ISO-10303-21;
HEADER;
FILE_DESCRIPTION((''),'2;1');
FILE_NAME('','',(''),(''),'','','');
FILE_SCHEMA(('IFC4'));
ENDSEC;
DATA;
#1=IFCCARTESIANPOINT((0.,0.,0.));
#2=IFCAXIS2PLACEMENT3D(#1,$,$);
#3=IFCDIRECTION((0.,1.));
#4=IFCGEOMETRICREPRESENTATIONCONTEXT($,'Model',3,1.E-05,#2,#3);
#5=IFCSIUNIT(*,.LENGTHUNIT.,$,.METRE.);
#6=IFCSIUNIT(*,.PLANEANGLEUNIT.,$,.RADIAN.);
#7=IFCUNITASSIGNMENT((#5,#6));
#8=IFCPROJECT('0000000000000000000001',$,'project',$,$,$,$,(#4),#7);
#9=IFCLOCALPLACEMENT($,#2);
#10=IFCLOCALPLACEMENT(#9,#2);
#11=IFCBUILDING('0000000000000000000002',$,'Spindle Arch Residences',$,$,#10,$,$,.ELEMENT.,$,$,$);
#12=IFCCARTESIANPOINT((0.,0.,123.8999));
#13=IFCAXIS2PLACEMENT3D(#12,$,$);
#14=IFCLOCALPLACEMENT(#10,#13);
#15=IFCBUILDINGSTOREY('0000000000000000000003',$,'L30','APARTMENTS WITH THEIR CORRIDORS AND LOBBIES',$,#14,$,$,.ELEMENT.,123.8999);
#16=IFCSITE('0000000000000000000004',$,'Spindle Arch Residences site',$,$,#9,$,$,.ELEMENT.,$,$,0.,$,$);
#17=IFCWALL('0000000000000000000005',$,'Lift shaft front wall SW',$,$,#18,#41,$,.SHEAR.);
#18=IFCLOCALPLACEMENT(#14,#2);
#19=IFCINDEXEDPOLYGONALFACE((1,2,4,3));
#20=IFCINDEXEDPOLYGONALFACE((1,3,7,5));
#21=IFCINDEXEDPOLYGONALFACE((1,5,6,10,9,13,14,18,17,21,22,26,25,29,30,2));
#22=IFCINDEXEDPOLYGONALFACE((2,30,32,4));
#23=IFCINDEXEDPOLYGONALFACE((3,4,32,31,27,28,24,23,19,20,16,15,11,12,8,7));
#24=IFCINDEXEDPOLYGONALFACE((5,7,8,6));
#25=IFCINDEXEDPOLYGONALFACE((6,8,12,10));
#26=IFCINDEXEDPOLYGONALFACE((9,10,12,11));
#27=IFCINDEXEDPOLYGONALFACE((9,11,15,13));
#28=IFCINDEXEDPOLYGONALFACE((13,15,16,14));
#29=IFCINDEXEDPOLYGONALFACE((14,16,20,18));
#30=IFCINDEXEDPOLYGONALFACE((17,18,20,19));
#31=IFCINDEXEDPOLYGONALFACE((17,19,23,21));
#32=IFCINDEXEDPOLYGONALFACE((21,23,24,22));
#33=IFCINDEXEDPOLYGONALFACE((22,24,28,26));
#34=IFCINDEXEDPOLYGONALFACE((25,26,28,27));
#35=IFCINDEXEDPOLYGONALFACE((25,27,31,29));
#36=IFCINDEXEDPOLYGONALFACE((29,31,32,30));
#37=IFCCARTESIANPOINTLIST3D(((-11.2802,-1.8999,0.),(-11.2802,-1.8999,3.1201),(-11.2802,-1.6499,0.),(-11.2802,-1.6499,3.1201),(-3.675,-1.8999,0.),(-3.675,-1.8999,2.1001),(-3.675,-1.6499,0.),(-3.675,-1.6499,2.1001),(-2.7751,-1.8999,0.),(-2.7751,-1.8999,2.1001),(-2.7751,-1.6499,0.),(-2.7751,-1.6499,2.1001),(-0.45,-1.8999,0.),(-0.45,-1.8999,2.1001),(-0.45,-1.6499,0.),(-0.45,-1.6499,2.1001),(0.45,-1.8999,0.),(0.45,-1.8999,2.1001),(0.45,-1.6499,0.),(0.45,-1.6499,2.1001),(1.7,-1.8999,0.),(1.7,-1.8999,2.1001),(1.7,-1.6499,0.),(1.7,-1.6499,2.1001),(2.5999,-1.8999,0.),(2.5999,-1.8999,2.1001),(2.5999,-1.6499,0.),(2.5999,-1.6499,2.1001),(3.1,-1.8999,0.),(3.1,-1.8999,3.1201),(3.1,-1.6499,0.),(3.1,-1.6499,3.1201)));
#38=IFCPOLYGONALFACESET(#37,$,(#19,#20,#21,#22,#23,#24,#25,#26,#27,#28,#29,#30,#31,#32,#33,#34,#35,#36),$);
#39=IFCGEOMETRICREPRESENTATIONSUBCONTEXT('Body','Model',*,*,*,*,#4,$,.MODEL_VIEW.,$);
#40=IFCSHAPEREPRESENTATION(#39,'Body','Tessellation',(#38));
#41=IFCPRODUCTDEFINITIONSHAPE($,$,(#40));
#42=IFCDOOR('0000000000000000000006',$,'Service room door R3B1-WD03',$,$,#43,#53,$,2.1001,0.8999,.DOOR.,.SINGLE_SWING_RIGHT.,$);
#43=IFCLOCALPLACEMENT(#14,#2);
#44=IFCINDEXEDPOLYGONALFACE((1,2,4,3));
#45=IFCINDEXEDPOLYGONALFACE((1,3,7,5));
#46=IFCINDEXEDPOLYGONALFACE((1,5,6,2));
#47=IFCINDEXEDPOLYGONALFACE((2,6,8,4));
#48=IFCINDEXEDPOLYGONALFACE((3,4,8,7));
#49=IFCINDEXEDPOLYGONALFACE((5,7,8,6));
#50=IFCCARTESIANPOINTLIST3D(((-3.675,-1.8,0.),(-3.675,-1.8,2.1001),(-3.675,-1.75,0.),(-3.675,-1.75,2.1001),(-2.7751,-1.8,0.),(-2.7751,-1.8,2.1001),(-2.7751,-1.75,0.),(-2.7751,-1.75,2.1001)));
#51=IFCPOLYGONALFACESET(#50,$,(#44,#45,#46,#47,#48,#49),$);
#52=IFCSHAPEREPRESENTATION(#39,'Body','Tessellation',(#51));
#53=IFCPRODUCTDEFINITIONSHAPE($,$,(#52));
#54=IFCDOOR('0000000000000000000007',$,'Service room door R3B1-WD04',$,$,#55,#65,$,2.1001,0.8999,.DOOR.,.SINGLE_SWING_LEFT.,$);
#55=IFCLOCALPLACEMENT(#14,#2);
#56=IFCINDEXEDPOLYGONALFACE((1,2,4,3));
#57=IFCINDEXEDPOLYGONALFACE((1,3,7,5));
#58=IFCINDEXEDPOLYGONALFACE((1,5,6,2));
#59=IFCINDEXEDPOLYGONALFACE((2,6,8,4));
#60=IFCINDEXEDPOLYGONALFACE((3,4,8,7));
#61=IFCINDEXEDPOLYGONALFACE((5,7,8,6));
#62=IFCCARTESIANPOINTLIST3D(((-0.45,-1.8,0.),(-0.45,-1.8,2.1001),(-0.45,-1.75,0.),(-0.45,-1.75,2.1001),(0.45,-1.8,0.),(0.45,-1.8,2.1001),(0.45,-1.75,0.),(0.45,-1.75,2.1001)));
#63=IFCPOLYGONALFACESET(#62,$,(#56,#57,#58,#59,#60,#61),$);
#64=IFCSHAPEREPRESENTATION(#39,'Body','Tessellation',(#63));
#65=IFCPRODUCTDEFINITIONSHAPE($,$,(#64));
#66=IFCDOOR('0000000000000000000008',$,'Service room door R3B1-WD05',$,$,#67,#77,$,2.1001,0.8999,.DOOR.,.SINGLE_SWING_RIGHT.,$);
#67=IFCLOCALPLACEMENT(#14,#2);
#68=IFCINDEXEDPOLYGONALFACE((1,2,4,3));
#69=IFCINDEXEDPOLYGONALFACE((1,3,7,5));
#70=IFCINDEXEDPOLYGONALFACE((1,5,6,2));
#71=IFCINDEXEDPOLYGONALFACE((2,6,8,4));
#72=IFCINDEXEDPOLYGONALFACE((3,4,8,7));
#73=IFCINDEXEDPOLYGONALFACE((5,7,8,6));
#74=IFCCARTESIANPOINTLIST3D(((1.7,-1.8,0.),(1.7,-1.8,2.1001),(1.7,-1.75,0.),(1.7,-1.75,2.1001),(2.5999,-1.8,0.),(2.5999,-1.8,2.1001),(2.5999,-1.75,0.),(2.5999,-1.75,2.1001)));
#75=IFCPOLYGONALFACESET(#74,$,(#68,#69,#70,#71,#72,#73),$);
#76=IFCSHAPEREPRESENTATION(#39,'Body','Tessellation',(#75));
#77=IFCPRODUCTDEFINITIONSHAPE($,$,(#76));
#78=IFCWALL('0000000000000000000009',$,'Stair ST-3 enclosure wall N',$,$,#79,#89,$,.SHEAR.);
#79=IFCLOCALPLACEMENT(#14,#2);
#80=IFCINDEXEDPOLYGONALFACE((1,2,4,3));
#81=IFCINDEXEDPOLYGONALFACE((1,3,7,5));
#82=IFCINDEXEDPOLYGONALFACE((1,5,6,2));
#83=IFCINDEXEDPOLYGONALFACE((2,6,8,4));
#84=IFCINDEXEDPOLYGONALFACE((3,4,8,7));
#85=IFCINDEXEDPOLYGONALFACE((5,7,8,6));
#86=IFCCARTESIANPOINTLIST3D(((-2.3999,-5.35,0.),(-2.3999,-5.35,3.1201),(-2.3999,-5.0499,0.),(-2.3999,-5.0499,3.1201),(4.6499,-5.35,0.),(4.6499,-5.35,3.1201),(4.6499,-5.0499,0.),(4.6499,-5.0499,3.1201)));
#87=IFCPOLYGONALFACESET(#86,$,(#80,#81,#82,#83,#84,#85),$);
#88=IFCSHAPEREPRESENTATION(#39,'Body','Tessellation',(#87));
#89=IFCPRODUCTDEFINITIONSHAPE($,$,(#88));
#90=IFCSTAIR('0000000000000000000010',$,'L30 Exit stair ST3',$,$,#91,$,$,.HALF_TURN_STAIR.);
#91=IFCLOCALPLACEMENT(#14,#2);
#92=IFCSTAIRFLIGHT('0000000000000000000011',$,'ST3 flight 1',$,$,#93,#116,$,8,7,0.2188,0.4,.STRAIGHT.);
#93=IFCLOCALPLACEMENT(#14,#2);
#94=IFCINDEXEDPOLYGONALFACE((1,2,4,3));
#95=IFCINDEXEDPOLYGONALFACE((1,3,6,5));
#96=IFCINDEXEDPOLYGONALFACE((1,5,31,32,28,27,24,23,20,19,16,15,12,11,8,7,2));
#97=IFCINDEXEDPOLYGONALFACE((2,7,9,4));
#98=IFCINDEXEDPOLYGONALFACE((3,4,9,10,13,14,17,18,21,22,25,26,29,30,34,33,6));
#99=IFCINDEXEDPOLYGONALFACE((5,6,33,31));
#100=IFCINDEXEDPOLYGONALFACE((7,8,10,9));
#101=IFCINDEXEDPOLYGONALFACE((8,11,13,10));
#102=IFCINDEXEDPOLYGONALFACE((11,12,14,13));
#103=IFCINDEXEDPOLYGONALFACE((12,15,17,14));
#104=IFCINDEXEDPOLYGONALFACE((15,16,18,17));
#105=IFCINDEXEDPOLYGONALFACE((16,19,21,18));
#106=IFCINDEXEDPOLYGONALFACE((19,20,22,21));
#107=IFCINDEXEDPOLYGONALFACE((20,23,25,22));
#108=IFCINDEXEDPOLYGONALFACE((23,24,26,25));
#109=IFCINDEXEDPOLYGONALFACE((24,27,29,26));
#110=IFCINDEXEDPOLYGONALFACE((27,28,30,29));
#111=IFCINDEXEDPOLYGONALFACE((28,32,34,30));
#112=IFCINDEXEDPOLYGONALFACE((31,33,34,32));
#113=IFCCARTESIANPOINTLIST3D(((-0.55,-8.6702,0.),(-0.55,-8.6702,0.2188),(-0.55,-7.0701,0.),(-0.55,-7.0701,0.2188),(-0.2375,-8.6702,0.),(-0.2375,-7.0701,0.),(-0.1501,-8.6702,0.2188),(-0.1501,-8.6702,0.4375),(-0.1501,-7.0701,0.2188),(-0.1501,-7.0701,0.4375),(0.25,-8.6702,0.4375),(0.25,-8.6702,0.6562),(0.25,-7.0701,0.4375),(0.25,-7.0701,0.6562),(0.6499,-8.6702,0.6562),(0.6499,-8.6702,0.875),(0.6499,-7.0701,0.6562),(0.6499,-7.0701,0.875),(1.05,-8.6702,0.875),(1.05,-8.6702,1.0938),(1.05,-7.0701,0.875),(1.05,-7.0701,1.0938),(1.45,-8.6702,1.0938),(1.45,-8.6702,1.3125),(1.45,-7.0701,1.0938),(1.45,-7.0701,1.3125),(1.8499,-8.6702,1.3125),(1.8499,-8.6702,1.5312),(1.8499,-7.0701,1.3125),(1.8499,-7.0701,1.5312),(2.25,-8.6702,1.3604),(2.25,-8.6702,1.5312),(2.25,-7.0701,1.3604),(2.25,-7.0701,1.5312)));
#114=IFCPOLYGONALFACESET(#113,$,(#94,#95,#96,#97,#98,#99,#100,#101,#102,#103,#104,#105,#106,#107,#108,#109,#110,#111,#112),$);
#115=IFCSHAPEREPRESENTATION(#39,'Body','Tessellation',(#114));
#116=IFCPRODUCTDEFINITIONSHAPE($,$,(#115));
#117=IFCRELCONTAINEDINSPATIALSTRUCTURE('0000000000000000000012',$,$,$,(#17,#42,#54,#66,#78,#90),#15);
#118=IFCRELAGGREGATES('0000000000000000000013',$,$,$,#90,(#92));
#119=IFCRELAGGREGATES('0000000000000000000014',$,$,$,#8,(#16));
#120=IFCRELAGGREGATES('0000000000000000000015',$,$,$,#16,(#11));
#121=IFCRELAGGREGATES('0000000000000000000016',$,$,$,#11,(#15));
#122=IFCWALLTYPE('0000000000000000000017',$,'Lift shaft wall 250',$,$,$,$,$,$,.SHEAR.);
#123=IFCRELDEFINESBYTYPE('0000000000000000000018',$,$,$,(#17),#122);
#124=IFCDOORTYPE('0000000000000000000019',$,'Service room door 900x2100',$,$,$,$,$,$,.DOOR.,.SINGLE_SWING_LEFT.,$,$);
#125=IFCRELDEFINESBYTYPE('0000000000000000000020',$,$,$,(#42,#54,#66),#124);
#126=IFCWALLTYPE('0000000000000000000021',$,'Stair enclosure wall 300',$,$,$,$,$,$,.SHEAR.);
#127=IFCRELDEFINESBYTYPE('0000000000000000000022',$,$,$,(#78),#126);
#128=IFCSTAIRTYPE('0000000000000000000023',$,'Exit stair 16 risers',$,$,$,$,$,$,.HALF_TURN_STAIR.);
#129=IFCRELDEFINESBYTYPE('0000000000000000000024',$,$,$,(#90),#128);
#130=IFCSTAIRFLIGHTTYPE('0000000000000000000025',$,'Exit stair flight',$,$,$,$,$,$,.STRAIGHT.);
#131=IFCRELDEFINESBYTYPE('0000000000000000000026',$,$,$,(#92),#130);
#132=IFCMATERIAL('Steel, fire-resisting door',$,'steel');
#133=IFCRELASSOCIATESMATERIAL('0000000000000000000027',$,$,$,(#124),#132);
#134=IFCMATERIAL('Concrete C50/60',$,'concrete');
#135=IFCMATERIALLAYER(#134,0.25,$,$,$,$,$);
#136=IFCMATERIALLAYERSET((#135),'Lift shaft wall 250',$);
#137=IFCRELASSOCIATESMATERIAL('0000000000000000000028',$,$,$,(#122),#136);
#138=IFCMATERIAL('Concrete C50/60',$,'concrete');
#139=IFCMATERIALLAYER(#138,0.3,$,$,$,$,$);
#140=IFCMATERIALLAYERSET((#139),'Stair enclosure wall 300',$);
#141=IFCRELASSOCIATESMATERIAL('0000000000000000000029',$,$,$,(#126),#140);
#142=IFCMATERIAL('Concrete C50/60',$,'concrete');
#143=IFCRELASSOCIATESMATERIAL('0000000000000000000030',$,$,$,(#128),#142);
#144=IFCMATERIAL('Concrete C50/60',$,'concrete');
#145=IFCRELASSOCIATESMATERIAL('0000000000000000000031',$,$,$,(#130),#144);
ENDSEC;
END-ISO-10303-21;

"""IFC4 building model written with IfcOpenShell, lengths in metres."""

from ifc_helpers import new_model, si_unit, direction, frame, frame_2d, origin, place, context, subcontext, project, spatial, polyline, rectangle, outline, extrude, material, layer, layer_set, type_object, element, fill, aggregate, save


model = new_model("IFC4")

# Units and contexts
model_context = context("Model", 3, precision=1e-05, world=origin(), true_north=direction((0.0, 1.0)))
body_context = subcontext(model_context, "Body", "Model", "MODEL_VIEW")
ifc_project = project(units=[si_unit("LENGTHUNIT", "METRE"), si_unit("PLANEANGLEUNIT", "RADIAN")], contexts=[model_context])

# Site, building, storey
site_placement = place(None, origin())
site = spatial("IfcSite", under=ifc_project, at=site_placement, Name="Spindle Arch Residences site", CompositionType="ELEMENT", RefElevation=0.0)
building_placement = place(site_placement, origin())
building = spatial("IfcBuilding", under=site, at=building_placement, Name="Spindle Arch Residences", CompositionType="ELEMENT")
storey_placement = place(building_placement, frame((0.0, 0.0, 123.8999)))
storey = spatial("IfcBuildingStorey", under=building, at=storey_placement, Name="L30", Description="APARTMENTS WITH THEIR CORRIDORS AND LOBBIES", CompositionType="ELEMENT", Elevation=123.8999)

# Shared definitions
ifc_material_1 = material(Name="Steel, fire-resisting door", Category="steel")
door_type_1 = type_object("IfcDoorType", Name="Service room door 900x2100", OperationType="SINGLE_SWING_LEFT", PredefinedType="DOOR", material=ifc_material_1)

# Wall, openings, doors
ifc_material_2 = material(Name="Concrete C50/60", Category="concrete")
ifc_layer_1 = layer(ifc_material_2, 0.25)
ifc_layer_set_1 = layer_set([ifc_layer_1], Name="Lift shaft wall 250")
wall_type_1 = type_object("IfcWallType", Name="Lift shaft wall 250", PredefinedType="SHEAR", material=ifc_layer_set_1)
wall_1_placement = place(storey_placement, frame((-11.28, -1.7749, 0.0), z_axis=(0.0, 0.0, 1.0), x_axis=(1.0, 0.0, 0.0)))
wall_1 = element("IfcWall", 1, at=wall_1_placement, inside=storey, type_object=wall_type_1, Name="Lift shaft front wall SW", PredefinedType="SHEAR", context=body_context, shape_type="SweptSolid", body=[
    extrude(rectangle(XDim=14.3801, YDim=0.25, at=frame_2d((7.1899, 0.0))), origin(), (0.0, 0.0, 1.0), 3.1201),
])
opening_1_placement = place(wall_1_placement, frame((7.605, 0.0, 0.0)))
opening_1 = element("IfcOpeningElement", 2, at=opening_1_placement, cuts=wall_1, PredefinedType="OPENING", context=body_context, shape_type="SweptSolid", body=[
    extrude(rectangle(XDim=0.8999, YDim=2.1001, at=frame_2d((0.45, 1.05))), frame((0.0, 0.135, 0.0), z_axis=(0.0, -1.0, 0.0), x_axis=(1.0, 0.0, 0.0)), (0.0, 0.0, 1.0), 0.27),
])
opening_2_placement = place(wall_1_placement, frame((10.8301, 0.0, 0.0)))
opening_2 = element("IfcOpeningElement", 3, at=opening_2_placement, cuts=wall_1, PredefinedType="OPENING", context=body_context, shape_type="SweptSolid", body=[
    extrude(rectangle(XDim=0.8999, YDim=2.1001, at=frame_2d((0.45, 1.05))), frame((0.0, 0.135, 0.0), z_axis=(0.0, -1.0, 0.0), x_axis=(1.0, 0.0, 0.0)), (0.0, 0.0, 1.0), 0.27),
])
opening_3_placement = place(wall_1_placement, frame((12.98, 0.0, 0.0)))
opening_3 = element("IfcOpeningElement", 4, at=opening_3_placement, cuts=wall_1, PredefinedType="OPENING", context=body_context, shape_type="SweptSolid", body=[
    extrude(rectangle(XDim=0.8999, YDim=2.1001, at=frame_2d((0.45, 1.05))), frame((0.0, 0.135, 0.0), z_axis=(0.0, -1.0, 0.0), x_axis=(1.0, 0.0, 0.0)), (0.0, 0.0, 1.0), 0.27),
])
door_1_placement = place(opening_1_placement, origin())
door_1 = element("IfcDoor", 5, at=door_1_placement, inside=storey, type_object=door_type_1, Name="Service room door R3B1-WD03", OperationType="SINGLE_SWING_RIGHT", OverallHeight=2.1001, OverallWidth=0.8999, PredefinedType="DOOR", context=body_context, shape_type="SweptSolid", body=[
    extrude(rectangle(XDim=0.8999, YDim=2.1001, at=frame_2d((0.45, 1.05))), frame((0.0, 0.0249, 0.0), z_axis=(0.0, -1.0, 0.0), x_axis=(1.0, 0.0, 0.0)), (0.0, 0.0, 1.0), 0.05),
])
fill(opening_1, door_1)
door_2_placement = place(opening_2_placement, origin())
door_2 = element("IfcDoor", 6, at=door_2_placement, inside=storey, type_object=door_type_1, Name="Service room door R3B1-WD04", OperationType="SINGLE_SWING_LEFT", OverallHeight=2.1001, OverallWidth=0.8999, PredefinedType="DOOR", context=body_context, shape_type="SweptSolid", body=[
    extrude(rectangle(XDim=0.8999, YDim=2.1001, at=frame_2d((0.45, 1.05))), frame((0.0, 0.0249, 0.0), z_axis=(0.0, -1.0, 0.0), x_axis=(1.0, 0.0, 0.0)), (0.0, 0.0, 1.0), 0.05),
])
fill(opening_2, door_2)
door_3_placement = place(opening_3_placement, origin())
door_3 = element("IfcDoor", 7, at=door_3_placement, inside=storey, type_object=door_type_1, Name="Service room door R3B1-WD05", OperationType="SINGLE_SWING_RIGHT", OverallHeight=2.1001, OverallWidth=0.8999, PredefinedType="DOOR", context=body_context, shape_type="SweptSolid", body=[
    extrude(rectangle(XDim=0.8999, YDim=2.1001, at=frame_2d((0.45, 1.05))), frame((0.0, 0.0249, 0.0), z_axis=(0.0, -1.0, 0.0), x_axis=(1.0, 0.0, 0.0)), (0.0, 0.0, 1.0), 0.05),
])
fill(opening_3, door_3)

# Wall
ifc_material_3 = material(Name="Concrete C50/60", Category="concrete")
ifc_layer_2 = layer(ifc_material_3, 0.3)
ifc_layer_set_2 = layer_set([ifc_layer_2], Name="Stair enclosure wall 300")
wall_type_2 = type_object("IfcWallType", Name="Stair enclosure wall 300", PredefinedType="SHEAR", material=ifc_layer_set_2)
wall_2_placement = place(storey_placement, frame((-2.3999, -5.2, 0.0), z_axis=(0.0, 0.0, 1.0), x_axis=(1.0, 0.0, 0.0)))
element("IfcWall", 8, at=wall_2_placement, inside=storey, type_object=wall_type_2, Name="Stair ST-3 enclosure wall N", PredefinedType="SHEAR", context=body_context, shape_type="SweptSolid", body=[
    extrude(rectangle(XDim=7.0498, YDim=0.3, at=frame_2d((3.5249, 0.0))), origin(), (0.0, 0.0, 1.0), 3.1201),
])

# Stair, stair flight
ifc_material_4 = material(Name="Concrete C50/60", Category="concrete")
stair_type = type_object("IfcStairType", Name="Exit stair 16 risers", PredefinedType="HALF_TURN_STAIR", material=ifc_material_4)
stair_placement = place(storey_placement, origin())
stair = element("IfcStair", 9, at=stair_placement, inside=storey, type_object=stair_type, Name="L30 Exit stair ST3", PredefinedType="HALF_TURN_STAIR")
ifc_material_5 = material(Name="Concrete C50/60", Category="concrete")
stair_flight_type = type_object("IfcStairFlightType", Name="Exit stair flight", PredefinedType="STRAIGHT", material=ifc_material_5)
stair_flight_placement = place(storey_placement, frame((-0.55, -7.8701, 0.0), z_axis=(0.0, 0.0, 1.0), x_axis=(1.0, 0.0, 0.0)))
stair_flight = element("IfcStairFlight", 10, at=stair_flight_placement, type_object=stair_flight_type, Name="ST3 flight 1", NumberOfRisers=8, NumberOfTreads=7, PredefinedType="STRAIGHT", RiserHeight=0.2188, TreadLength=0.4, context=body_context, shape_type="SweptSolid", body=[
    extrude(outline(polyline([(0.0, 0.0), (0.0, 0.2188), (0.3999, 0.2188), (0.3999, 0.4375), (0.8, 0.4375), (0.8, 0.6562), (1.2, 0.6562), (1.2, 0.875), (1.6001, 0.875), (1.6001, 1.0938), (2.0, 1.0938), (2.0, 1.3125), (2.3999, 1.3125), (2.3999, 1.5312), (2.8, 1.5312), (2.8, 1.75), (2.8, 1.3604), (0.3125, 0.0), (0.0, 0.0)])), frame((0.0, 0.8, 0.0), z_axis=(0.0, -1.0, 0.0), x_axis=(1.0, 0.0, 0.0)), (0.0, 0.0, 1.0), 1.6001),
])
aggregate(stair, [stair_flight])

save(model, "model.ifc")
